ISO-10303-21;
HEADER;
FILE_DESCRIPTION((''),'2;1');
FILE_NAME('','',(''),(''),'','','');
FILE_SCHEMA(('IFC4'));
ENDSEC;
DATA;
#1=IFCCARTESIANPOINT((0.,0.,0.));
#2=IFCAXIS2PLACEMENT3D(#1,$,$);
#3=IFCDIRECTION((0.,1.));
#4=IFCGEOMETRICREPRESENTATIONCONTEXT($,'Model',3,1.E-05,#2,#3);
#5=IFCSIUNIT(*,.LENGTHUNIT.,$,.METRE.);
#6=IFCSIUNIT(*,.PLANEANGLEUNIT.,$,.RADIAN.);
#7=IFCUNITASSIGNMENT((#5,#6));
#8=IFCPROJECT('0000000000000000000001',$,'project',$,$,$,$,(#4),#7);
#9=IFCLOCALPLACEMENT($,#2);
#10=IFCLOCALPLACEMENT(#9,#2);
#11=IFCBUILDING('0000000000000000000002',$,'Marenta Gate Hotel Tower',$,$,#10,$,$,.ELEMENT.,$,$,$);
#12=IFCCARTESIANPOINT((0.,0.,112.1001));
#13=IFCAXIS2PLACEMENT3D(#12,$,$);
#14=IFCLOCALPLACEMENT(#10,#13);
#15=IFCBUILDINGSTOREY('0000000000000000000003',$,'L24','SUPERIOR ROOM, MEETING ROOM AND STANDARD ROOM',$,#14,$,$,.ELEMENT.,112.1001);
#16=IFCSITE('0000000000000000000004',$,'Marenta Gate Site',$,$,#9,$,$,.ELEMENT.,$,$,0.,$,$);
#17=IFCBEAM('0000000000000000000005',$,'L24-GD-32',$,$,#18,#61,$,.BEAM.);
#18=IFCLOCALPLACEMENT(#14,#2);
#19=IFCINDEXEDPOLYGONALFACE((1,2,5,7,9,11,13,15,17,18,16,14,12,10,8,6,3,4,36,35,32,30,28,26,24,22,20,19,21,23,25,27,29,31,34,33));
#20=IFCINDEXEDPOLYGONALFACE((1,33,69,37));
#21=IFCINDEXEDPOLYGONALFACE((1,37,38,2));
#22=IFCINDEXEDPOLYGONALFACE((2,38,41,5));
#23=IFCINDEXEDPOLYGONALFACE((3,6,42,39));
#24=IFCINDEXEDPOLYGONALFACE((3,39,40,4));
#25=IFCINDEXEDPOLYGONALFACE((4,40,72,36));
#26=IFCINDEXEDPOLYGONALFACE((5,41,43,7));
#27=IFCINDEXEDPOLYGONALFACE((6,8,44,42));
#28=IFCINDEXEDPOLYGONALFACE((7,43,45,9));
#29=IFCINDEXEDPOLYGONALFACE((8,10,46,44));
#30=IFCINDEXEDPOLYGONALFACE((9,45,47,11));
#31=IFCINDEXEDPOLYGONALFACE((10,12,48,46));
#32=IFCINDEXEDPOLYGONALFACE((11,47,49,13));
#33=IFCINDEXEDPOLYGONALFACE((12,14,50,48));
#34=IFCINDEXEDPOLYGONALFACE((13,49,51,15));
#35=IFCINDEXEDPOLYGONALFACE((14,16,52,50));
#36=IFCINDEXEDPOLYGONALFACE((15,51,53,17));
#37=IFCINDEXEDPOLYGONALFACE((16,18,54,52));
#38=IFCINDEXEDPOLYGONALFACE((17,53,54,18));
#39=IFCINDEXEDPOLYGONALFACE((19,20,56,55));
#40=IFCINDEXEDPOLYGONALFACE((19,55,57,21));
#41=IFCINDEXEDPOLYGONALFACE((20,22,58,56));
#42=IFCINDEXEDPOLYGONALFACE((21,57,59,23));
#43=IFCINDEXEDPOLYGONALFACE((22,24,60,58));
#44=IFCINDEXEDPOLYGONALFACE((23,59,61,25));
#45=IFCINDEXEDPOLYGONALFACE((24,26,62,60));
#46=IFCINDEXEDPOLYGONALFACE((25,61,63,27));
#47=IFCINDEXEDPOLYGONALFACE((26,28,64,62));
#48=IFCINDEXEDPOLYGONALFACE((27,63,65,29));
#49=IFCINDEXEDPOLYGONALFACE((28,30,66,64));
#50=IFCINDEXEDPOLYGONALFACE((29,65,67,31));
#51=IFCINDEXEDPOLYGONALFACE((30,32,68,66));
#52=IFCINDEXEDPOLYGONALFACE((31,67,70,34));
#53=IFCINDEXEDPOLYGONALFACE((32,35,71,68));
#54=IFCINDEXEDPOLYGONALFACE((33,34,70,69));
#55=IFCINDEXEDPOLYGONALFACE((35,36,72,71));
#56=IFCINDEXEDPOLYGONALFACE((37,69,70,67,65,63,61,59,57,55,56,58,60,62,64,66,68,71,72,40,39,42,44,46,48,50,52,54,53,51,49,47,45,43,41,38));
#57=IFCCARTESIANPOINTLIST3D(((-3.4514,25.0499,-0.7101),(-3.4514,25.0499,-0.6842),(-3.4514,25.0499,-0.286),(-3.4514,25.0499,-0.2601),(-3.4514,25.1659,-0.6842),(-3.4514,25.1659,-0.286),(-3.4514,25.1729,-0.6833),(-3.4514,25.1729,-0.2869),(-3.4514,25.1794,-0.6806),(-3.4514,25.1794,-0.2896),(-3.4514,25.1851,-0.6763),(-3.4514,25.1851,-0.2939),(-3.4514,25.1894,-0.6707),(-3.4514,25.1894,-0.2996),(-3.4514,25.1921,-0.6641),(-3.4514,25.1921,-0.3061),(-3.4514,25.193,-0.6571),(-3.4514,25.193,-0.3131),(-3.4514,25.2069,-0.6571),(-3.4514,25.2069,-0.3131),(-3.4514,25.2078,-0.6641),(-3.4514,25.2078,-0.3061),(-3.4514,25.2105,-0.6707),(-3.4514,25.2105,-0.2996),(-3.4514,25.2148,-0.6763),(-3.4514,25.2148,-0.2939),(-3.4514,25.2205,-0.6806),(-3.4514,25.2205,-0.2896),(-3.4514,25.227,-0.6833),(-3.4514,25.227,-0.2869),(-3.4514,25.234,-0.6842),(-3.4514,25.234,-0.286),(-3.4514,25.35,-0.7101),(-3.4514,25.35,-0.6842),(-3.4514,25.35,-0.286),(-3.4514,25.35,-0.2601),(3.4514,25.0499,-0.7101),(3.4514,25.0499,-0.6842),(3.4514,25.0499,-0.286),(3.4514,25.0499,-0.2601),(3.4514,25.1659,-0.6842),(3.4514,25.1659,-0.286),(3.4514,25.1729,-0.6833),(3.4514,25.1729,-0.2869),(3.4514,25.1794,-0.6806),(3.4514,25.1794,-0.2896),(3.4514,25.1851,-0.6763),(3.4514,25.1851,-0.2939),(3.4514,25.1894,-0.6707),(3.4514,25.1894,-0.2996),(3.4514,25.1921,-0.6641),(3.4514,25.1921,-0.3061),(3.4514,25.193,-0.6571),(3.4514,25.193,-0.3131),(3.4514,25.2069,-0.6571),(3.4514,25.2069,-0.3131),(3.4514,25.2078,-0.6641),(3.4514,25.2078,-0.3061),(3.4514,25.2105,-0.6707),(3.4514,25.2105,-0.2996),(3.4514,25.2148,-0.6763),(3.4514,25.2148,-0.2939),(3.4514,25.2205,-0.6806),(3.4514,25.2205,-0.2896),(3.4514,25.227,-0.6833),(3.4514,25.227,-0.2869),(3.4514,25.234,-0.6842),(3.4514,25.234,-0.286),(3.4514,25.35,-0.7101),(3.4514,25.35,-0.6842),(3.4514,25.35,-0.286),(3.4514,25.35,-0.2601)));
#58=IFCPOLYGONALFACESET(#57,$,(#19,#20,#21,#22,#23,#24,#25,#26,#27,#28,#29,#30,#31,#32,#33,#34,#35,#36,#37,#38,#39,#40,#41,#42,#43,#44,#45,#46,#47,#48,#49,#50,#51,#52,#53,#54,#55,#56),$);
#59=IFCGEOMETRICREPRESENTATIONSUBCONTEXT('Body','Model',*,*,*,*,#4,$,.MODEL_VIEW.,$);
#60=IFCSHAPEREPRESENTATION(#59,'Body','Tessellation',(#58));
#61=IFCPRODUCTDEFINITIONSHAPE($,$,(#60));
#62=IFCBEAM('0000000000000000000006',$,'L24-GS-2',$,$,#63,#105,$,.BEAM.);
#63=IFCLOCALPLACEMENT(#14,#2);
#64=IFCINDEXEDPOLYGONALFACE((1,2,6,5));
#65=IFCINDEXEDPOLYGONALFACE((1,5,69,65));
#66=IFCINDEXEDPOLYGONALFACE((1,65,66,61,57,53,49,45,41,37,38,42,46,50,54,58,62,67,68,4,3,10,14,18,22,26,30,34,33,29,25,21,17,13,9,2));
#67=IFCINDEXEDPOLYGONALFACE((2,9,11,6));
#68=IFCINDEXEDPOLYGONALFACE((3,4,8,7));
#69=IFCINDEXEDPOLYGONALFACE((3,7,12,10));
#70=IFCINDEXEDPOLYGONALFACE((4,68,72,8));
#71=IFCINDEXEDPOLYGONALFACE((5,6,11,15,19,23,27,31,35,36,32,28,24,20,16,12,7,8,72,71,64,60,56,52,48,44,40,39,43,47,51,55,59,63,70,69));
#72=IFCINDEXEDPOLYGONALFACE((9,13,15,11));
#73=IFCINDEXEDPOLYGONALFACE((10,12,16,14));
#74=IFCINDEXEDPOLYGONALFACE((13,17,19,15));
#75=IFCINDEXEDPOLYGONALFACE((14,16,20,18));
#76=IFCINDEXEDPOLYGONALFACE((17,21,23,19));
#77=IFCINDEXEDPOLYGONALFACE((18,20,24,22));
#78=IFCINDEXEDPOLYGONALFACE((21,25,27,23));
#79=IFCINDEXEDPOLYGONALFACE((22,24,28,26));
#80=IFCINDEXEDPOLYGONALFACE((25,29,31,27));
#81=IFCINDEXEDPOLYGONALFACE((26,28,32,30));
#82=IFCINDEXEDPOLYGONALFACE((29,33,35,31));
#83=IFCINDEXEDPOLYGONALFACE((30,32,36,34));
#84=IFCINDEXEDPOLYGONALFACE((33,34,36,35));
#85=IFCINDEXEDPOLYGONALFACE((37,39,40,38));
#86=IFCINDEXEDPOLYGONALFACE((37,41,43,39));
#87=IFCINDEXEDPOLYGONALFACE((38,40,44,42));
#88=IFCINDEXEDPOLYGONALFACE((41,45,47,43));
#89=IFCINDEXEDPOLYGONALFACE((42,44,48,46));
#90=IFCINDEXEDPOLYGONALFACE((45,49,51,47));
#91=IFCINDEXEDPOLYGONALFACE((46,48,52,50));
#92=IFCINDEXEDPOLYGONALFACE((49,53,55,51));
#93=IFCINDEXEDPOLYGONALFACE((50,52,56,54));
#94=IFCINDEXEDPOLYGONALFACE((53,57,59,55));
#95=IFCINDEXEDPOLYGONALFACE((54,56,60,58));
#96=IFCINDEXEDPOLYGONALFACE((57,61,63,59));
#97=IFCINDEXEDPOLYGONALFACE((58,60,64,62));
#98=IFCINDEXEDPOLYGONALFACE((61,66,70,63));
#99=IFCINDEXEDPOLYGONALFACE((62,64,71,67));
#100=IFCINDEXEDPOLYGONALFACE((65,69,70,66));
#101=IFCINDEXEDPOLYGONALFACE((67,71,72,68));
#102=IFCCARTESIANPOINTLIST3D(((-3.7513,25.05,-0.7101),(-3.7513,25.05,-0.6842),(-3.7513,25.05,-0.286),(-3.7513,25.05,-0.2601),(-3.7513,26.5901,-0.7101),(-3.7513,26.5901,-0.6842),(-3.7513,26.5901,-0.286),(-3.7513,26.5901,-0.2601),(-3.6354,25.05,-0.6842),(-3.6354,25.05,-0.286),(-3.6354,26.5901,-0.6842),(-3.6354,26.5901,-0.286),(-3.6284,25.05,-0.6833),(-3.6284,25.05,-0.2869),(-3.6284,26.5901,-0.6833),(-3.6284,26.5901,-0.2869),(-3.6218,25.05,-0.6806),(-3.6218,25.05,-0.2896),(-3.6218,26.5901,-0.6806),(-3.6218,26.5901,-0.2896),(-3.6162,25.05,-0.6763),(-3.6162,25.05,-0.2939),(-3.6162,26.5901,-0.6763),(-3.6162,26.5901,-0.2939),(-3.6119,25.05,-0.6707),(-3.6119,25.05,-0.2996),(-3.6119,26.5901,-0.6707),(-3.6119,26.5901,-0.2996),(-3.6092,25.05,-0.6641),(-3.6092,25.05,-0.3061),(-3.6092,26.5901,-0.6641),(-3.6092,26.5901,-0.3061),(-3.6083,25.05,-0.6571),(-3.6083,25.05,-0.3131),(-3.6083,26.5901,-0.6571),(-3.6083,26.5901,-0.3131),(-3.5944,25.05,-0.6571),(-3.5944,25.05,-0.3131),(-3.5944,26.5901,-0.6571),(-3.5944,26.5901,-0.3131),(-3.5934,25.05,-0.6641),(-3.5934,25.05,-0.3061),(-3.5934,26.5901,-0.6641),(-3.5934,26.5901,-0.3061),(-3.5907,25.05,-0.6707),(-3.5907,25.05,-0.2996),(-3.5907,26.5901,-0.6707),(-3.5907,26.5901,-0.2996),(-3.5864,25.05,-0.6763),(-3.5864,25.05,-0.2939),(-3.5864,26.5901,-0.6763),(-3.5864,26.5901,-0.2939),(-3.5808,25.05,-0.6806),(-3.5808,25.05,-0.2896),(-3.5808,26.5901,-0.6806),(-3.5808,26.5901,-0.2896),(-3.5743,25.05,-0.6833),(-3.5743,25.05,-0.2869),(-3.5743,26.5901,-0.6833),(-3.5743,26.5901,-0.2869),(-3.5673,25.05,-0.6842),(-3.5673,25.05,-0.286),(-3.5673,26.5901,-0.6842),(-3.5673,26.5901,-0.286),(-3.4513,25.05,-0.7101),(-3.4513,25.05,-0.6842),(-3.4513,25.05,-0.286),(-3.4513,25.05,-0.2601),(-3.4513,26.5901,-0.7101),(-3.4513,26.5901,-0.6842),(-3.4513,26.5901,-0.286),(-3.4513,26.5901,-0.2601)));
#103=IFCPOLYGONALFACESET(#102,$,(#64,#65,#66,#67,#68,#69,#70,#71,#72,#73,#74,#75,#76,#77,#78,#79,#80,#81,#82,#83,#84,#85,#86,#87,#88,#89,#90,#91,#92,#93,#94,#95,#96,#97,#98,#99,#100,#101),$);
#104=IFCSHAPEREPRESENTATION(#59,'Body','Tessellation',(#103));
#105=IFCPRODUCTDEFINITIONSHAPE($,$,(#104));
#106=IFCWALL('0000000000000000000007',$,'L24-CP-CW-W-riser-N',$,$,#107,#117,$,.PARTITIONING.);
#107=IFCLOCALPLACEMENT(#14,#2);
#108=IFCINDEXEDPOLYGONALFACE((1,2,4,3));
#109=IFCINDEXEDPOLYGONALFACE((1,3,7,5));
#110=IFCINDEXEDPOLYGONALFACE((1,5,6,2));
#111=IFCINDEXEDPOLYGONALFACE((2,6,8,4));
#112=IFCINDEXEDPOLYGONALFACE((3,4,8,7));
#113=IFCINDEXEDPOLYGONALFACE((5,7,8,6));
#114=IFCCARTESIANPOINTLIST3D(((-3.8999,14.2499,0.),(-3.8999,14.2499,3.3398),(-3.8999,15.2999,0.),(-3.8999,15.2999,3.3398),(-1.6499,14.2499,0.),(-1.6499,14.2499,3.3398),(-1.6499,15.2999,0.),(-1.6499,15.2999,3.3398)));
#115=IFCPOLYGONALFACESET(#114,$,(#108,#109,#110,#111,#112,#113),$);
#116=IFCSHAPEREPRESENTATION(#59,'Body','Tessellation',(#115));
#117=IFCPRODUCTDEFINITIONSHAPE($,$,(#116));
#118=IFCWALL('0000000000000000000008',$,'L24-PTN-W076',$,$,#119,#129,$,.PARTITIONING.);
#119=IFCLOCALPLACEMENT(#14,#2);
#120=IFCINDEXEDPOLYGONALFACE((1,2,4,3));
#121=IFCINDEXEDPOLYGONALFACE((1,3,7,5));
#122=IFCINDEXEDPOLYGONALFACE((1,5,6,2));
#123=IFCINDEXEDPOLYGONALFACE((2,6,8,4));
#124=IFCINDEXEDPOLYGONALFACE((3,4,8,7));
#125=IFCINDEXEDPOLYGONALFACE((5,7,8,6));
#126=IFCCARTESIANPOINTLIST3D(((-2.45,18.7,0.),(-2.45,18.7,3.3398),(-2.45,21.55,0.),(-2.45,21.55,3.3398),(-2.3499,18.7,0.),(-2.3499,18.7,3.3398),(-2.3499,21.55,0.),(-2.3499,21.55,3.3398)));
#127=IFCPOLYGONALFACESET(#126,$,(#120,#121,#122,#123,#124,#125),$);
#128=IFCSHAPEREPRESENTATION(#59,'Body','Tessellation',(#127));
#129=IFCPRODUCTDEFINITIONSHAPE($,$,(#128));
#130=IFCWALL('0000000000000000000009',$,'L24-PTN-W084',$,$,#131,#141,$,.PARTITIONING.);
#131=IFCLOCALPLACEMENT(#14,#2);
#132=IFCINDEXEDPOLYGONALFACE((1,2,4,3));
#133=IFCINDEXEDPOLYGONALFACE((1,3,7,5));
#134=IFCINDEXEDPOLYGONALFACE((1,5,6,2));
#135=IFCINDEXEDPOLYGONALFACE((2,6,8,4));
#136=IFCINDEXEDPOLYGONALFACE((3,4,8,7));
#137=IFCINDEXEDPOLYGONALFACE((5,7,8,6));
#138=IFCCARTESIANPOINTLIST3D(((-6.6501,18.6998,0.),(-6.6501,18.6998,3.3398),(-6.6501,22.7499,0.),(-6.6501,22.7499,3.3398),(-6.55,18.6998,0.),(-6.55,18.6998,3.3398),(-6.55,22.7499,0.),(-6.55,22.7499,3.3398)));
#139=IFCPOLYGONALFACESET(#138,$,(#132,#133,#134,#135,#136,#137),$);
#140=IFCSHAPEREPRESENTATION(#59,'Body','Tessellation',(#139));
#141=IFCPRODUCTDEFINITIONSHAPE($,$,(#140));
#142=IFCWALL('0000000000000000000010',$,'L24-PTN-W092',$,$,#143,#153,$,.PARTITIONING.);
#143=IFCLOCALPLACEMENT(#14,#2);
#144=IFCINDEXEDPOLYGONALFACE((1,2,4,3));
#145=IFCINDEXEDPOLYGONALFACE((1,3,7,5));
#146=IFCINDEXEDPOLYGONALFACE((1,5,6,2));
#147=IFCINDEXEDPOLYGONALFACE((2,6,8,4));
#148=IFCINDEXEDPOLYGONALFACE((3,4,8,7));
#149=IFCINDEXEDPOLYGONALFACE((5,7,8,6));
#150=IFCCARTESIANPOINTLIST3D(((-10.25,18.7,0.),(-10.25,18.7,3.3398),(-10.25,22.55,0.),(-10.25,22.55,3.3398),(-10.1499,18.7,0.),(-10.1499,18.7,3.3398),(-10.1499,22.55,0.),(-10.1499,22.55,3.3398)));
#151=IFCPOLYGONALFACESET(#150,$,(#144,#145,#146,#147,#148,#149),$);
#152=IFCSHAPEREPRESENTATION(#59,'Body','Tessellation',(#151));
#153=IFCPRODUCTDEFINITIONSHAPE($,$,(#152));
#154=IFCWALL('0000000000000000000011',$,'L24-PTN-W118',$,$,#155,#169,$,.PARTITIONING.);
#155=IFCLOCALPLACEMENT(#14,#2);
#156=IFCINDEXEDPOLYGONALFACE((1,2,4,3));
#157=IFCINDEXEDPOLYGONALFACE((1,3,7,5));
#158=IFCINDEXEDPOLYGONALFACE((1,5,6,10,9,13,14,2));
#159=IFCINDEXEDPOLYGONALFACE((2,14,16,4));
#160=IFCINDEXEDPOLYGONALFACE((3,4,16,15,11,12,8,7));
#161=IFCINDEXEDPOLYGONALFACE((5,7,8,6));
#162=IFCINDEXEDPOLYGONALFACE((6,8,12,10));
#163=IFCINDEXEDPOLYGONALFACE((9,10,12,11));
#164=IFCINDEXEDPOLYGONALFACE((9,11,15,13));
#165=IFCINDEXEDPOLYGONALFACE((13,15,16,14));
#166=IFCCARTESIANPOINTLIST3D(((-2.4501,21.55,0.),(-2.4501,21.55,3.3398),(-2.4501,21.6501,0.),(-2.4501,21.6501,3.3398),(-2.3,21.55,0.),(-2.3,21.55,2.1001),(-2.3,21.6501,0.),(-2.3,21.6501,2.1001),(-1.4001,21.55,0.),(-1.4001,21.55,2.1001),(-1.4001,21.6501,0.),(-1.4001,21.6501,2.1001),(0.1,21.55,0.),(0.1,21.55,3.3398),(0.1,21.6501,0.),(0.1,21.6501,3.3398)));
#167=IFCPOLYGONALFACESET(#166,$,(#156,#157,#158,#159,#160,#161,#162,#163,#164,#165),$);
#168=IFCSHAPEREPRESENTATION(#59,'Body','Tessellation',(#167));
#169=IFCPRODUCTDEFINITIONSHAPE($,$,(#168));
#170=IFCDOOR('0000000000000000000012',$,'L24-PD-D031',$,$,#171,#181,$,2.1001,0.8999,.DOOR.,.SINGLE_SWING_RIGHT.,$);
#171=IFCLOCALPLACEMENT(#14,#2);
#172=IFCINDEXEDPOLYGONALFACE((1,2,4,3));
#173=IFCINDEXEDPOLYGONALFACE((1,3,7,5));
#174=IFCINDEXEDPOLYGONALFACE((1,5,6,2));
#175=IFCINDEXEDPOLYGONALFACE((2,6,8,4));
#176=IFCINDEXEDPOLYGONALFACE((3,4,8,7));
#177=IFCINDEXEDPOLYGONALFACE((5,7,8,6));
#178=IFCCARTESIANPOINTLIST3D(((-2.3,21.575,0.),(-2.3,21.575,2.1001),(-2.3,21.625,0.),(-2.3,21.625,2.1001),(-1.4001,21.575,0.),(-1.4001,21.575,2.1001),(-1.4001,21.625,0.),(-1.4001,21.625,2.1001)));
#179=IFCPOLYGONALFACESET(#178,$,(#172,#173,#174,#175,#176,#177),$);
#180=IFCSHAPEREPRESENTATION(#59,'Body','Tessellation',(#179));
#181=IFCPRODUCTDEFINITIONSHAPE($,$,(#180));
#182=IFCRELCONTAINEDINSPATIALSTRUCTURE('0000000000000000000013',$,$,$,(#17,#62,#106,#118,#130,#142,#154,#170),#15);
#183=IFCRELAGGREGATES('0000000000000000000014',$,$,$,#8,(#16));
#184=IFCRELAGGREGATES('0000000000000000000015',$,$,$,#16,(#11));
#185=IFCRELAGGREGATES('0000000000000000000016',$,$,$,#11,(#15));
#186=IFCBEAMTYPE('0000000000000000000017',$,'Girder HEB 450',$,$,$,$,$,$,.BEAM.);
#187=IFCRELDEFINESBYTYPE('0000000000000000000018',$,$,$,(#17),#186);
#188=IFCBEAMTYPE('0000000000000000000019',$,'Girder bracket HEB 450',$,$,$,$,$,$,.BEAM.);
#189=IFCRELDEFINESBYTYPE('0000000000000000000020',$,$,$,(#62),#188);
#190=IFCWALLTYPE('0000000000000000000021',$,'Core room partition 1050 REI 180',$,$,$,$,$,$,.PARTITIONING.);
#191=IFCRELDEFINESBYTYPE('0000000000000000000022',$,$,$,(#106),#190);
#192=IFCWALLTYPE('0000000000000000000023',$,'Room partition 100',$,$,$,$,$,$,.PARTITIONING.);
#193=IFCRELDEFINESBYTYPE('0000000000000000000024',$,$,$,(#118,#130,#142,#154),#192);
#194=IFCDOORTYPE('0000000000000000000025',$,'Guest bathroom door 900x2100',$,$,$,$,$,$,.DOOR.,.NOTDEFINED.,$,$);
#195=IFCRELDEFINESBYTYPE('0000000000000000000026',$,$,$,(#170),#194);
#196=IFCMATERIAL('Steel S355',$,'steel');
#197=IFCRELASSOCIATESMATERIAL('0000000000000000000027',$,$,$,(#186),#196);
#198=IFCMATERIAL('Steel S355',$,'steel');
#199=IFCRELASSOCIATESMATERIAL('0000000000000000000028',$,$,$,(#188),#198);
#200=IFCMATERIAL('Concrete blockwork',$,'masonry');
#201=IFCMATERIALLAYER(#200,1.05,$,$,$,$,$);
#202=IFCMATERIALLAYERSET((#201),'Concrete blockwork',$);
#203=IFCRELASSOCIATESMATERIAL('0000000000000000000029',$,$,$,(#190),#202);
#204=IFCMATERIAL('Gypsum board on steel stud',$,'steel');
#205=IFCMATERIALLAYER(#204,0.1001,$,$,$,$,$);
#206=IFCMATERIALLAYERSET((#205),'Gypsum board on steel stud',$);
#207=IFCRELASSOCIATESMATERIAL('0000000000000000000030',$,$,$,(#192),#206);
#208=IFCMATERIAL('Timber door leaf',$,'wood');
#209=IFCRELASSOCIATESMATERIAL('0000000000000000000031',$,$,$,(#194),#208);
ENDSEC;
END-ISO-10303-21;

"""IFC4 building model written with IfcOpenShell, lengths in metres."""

from ifc_helpers import new_model, si_unit, direction, frame, frame_2d, origin, origin_2d, place, context, subcontext, project, spatial, rectangle, i_section, extrude, material, layer, layer_set, material_profile, profile_set, type_object, element, fill, save


model = new_model("IFC4")

# Units and contexts
model_context = context("Model", 3, precision=1e-05, world=origin(), true_north=direction((0.0, 1.0)))
body_context = subcontext(model_context, "Body", "Model", "MODEL_VIEW")
ifc_project = project(units=[si_unit("LENGTHUNIT", "METRE"), si_unit("PLANEANGLEUNIT", "RADIAN")], contexts=[model_context])

# Site, building, storey
site_placement = place(None, origin())
site = spatial("IfcSite", under=ifc_project, at=site_placement, Name="Marenta Gate Site", CompositionType="ELEMENT", RefElevation=0.0)
building_placement = place(site_placement, origin())
building = spatial("IfcBuilding", under=site, at=building_placement, Name="Marenta Gate Hotel Tower", CompositionType="ELEMENT")
storey_placement = place(building_placement, frame((0.0, 0.0, 112.1001)))
storey = spatial("IfcBuildingStorey", under=building, at=storey_placement, Name="L24", Description="SUPERIOR ROOM, MEETING ROOM AND STANDARD ROOM", CompositionType="ELEMENT", Elevation=112.1001)

# Beams
ifc_material_1 = material(Name="Steel S355", Category="steel")
ifc_material_profile_1 = material_profile(ifc_material_1, i_section(OverallWidth=0.3, OverallDepth=0.45, WebThickness=0.0139, FlangeThickness=0.0259, FilletRadius=0.0271, at=origin_2d()), Name="HEB 450")
ifc_profile_set_1 = profile_set([ifc_material_profile_1], Name="Steel S355")
beam_type_1 = type_object("IfcBeamType", Name="Girder HEB 450", PredefinedType="BEAM", material=ifc_profile_set_1)
beam_1_placement = place(storey_placement, frame((-3.4514, 25.2, -0.4851), z_axis=(1.0, 0.0, 0.0), x_axis=(0.0, 1.0, 0.0)))
element("IfcBeam", 1, at=beam_1_placement, inside=storey, type_object=beam_type_1, Name="L24-GD-32", PredefinedType="BEAM", context=body_context, shape_type="SweptSolid", body=[
    extrude(i_section(OverallWidth=0.3, OverallDepth=0.45, WebThickness=0.0139, FlangeThickness=0.0259, FilletRadius=0.0271, at=origin_2d()), origin(), (0.0, 0.0, 1.0), 6.9028),
])
ifc_material_2 = material(Name="Steel S355", Category="steel")
ifc_material_profile_2 = material_profile(ifc_material_2, i_section(OverallWidth=0.3, OverallDepth=0.45, WebThickness=0.0139, FlangeThickness=0.0259, FilletRadius=0.0271, at=origin_2d()), Name="HEB 450")
ifc_profile_set_2 = profile_set([ifc_material_profile_2], Name="Steel S355")
beam_type_2 = type_object("IfcBeamType", Name="Girder bracket HEB 450", PredefinedType="BEAM", material=ifc_profile_set_2)
beam_2_placement = place(storey_placement, frame((-3.6013, 25.05, -0.4851), z_axis=(0.0, 1.0, 0.0), x_axis=(-1.0, 0.0, 0.0)))
element("IfcBeam", 2, at=beam_2_placement, inside=storey, type_object=beam_type_2, Name="L24-GS-2", PredefinedType="BEAM", context=body_context, shape_type="SweptSolid", body=[
    extrude(i_section(OverallWidth=0.3, OverallDepth=0.45, WebThickness=0.0139, FlangeThickness=0.0259, FilletRadius=0.0271, at=origin_2d()), origin(), (0.0, 0.0, 1.0), 1.54),
])

# Walls
ifc_material_3 = material(Name="Concrete blockwork", Category="masonry")
ifc_layer_1 = layer(ifc_material_3, 1.05)
ifc_layer_set_1 = layer_set([ifc_layer_1], Name="Concrete blockwork")
wall_type_1 = type_object("IfcWallType", Name="Core room partition 1050 REI 180", PredefinedType="PARTITIONING", material=ifc_layer_set_1)
wall_1_placement = place(storey_placement, frame((-3.8999, 14.7749, 0.0), z_axis=(0.0, 0.0, 1.0), x_axis=(1.0, 0.0, 0.0)))
element("IfcWall", 3, at=wall_1_placement, inside=storey, type_object=wall_type_1, Name="L24-CP-CW-W-riser-N", PredefinedType="PARTITIONING", context=body_context, shape_type="SweptSolid", body=[
    extrude(rectangle(XDim=2.25, YDim=1.05, at=frame_2d((1.125, 0.0))), origin(), (0.0, 0.0, 1.0), 3.3398),
])
ifc_material_4 = material(Name="Gypsum board on steel stud", Category="steel")
ifc_layer_2 = layer(ifc_material_4, 0.1001)
ifc_layer_set_2 = layer_set([ifc_layer_2], Name="Gypsum board on steel stud")
wall_type_2 = type_object("IfcWallType", Name="Room partition 100", PredefinedType="PARTITIONING", material=ifc_layer_set_2)
wall_2_placement = place(storey_placement, frame((-2.3999, 18.7, 0.0), z_axis=(0.0, 0.0, 1.0), x_axis=(0.0, 1.0, 0.0)))
element("IfcWall", 4, at=wall_2_placement, inside=storey, type_object=wall_type_2, Name="L24-PTN-W076", PredefinedType="PARTITIONING", context=body_context, shape_type="SweptSolid", body=[
    extrude(rectangle(XDim=2.8501, YDim=0.1001, at=frame_2d((1.425, 0.0))), origin(), (0.0, 0.0, 1.0), 3.3398),
])
wall_3_placement = place(storey_placement, frame((-6.6001, 18.7, 0.0), z_axis=(0.0, 0.0, 1.0), x_axis=(0.0, 1.0, 0.0)))
element("IfcWall", 5, at=wall_3_placement, inside=storey, type_object=wall_type_2, Name="L24-PTN-W084", PredefinedType="PARTITIONING", context=body_context, shape_type="SweptSolid", body=[
    extrude(rectangle(XDim=4.05, YDim=0.1001, at=frame_2d((2.0249, 0.0))), origin(), (0.0, 0.0, 1.0), 3.3398),
])
wall_4_placement = place(storey_placement, frame((-10.2, 18.7, 0.0), z_axis=(0.0, 0.0, 1.0), x_axis=(0.0, 1.0, 0.0)))
element("IfcWall", 6, at=wall_4_placement, inside=storey, type_object=wall_type_2, Name="L24-PTN-W092", PredefinedType="PARTITIONING", context=body_context, shape_type="SweptSolid", body=[
    extrude(rectangle(XDim=3.8501, YDim=0.1001, at=frame_2d((1.925, 0.0))), origin(), (0.0, 0.0, 1.0), 3.3398),
])

# Wall, opening, door
wall_5_placement = place(storey_placement, frame((-2.45, 21.6001, 0.0), z_axis=(0.0, 0.0, 1.0), x_axis=(1.0, 0.0, 0.0)))
wall_5 = element("IfcWall", 7, at=wall_5_placement, inside=storey, type_object=wall_type_2, Name="L24-PTN-W118", PredefinedType="PARTITIONING", context=body_context, shape_type="SweptSolid", body=[
    extrude(rectangle(XDim=2.55, YDim=0.1001, at=frame_2d((1.2749, 0.0))), origin(), (0.0, 0.0, 1.0), 3.3398),
])
opening_1_placement = place(wall_5_placement, frame((0.1499, 0.0, 0.0)))
opening_1 = element("IfcOpeningElement", 8, at=opening_1_placement, cuts=wall_5, PredefinedType="OPENING", context=body_context, shape_type="SweptSolid", body=[
    extrude(rectangle(XDim=0.8999, YDim=2.1001, at=frame_2d((0.45, 1.05))), frame((0.0, 0.05, 0.0), z_axis=(0.0, -1.0, 0.0), x_axis=(1.0, 0.0, 0.0)), (0.0, 0.0, 1.0), 0.1001),
])
ifc_material_5 = material(Name="Timber door leaf", Category="wood")
door_type_1 = type_object("IfcDoorType", Name="Guest bathroom door 900x2100", OperationType="NOTDEFINED", PredefinedType="DOOR", material=ifc_material_5)
door_1_placement = place(opening_1_placement, origin())
door_1 = element("IfcDoor", 9, at=door_1_placement, inside=storey, type_object=door_type_1, Name="L24-PD-D031", OperationType="SINGLE_SWING_RIGHT", OverallHeight=2.1001, OverallWidth=0.8999, PredefinedType="DOOR", context=body_context, shape_type="SweptSolid", body=[
    extrude(rectangle(XDim=0.8999, YDim=2.1001, at=frame_2d((0.45, 1.05))), frame((0.0, 0.0249, 0.0), z_axis=(0.0, -1.0, 0.0), x_axis=(1.0, 0.0, 0.0)), (0.0, 0.0, 1.0), 0.05),
])
fill(opening_1, door_1)

save(model, "model.ifc")
